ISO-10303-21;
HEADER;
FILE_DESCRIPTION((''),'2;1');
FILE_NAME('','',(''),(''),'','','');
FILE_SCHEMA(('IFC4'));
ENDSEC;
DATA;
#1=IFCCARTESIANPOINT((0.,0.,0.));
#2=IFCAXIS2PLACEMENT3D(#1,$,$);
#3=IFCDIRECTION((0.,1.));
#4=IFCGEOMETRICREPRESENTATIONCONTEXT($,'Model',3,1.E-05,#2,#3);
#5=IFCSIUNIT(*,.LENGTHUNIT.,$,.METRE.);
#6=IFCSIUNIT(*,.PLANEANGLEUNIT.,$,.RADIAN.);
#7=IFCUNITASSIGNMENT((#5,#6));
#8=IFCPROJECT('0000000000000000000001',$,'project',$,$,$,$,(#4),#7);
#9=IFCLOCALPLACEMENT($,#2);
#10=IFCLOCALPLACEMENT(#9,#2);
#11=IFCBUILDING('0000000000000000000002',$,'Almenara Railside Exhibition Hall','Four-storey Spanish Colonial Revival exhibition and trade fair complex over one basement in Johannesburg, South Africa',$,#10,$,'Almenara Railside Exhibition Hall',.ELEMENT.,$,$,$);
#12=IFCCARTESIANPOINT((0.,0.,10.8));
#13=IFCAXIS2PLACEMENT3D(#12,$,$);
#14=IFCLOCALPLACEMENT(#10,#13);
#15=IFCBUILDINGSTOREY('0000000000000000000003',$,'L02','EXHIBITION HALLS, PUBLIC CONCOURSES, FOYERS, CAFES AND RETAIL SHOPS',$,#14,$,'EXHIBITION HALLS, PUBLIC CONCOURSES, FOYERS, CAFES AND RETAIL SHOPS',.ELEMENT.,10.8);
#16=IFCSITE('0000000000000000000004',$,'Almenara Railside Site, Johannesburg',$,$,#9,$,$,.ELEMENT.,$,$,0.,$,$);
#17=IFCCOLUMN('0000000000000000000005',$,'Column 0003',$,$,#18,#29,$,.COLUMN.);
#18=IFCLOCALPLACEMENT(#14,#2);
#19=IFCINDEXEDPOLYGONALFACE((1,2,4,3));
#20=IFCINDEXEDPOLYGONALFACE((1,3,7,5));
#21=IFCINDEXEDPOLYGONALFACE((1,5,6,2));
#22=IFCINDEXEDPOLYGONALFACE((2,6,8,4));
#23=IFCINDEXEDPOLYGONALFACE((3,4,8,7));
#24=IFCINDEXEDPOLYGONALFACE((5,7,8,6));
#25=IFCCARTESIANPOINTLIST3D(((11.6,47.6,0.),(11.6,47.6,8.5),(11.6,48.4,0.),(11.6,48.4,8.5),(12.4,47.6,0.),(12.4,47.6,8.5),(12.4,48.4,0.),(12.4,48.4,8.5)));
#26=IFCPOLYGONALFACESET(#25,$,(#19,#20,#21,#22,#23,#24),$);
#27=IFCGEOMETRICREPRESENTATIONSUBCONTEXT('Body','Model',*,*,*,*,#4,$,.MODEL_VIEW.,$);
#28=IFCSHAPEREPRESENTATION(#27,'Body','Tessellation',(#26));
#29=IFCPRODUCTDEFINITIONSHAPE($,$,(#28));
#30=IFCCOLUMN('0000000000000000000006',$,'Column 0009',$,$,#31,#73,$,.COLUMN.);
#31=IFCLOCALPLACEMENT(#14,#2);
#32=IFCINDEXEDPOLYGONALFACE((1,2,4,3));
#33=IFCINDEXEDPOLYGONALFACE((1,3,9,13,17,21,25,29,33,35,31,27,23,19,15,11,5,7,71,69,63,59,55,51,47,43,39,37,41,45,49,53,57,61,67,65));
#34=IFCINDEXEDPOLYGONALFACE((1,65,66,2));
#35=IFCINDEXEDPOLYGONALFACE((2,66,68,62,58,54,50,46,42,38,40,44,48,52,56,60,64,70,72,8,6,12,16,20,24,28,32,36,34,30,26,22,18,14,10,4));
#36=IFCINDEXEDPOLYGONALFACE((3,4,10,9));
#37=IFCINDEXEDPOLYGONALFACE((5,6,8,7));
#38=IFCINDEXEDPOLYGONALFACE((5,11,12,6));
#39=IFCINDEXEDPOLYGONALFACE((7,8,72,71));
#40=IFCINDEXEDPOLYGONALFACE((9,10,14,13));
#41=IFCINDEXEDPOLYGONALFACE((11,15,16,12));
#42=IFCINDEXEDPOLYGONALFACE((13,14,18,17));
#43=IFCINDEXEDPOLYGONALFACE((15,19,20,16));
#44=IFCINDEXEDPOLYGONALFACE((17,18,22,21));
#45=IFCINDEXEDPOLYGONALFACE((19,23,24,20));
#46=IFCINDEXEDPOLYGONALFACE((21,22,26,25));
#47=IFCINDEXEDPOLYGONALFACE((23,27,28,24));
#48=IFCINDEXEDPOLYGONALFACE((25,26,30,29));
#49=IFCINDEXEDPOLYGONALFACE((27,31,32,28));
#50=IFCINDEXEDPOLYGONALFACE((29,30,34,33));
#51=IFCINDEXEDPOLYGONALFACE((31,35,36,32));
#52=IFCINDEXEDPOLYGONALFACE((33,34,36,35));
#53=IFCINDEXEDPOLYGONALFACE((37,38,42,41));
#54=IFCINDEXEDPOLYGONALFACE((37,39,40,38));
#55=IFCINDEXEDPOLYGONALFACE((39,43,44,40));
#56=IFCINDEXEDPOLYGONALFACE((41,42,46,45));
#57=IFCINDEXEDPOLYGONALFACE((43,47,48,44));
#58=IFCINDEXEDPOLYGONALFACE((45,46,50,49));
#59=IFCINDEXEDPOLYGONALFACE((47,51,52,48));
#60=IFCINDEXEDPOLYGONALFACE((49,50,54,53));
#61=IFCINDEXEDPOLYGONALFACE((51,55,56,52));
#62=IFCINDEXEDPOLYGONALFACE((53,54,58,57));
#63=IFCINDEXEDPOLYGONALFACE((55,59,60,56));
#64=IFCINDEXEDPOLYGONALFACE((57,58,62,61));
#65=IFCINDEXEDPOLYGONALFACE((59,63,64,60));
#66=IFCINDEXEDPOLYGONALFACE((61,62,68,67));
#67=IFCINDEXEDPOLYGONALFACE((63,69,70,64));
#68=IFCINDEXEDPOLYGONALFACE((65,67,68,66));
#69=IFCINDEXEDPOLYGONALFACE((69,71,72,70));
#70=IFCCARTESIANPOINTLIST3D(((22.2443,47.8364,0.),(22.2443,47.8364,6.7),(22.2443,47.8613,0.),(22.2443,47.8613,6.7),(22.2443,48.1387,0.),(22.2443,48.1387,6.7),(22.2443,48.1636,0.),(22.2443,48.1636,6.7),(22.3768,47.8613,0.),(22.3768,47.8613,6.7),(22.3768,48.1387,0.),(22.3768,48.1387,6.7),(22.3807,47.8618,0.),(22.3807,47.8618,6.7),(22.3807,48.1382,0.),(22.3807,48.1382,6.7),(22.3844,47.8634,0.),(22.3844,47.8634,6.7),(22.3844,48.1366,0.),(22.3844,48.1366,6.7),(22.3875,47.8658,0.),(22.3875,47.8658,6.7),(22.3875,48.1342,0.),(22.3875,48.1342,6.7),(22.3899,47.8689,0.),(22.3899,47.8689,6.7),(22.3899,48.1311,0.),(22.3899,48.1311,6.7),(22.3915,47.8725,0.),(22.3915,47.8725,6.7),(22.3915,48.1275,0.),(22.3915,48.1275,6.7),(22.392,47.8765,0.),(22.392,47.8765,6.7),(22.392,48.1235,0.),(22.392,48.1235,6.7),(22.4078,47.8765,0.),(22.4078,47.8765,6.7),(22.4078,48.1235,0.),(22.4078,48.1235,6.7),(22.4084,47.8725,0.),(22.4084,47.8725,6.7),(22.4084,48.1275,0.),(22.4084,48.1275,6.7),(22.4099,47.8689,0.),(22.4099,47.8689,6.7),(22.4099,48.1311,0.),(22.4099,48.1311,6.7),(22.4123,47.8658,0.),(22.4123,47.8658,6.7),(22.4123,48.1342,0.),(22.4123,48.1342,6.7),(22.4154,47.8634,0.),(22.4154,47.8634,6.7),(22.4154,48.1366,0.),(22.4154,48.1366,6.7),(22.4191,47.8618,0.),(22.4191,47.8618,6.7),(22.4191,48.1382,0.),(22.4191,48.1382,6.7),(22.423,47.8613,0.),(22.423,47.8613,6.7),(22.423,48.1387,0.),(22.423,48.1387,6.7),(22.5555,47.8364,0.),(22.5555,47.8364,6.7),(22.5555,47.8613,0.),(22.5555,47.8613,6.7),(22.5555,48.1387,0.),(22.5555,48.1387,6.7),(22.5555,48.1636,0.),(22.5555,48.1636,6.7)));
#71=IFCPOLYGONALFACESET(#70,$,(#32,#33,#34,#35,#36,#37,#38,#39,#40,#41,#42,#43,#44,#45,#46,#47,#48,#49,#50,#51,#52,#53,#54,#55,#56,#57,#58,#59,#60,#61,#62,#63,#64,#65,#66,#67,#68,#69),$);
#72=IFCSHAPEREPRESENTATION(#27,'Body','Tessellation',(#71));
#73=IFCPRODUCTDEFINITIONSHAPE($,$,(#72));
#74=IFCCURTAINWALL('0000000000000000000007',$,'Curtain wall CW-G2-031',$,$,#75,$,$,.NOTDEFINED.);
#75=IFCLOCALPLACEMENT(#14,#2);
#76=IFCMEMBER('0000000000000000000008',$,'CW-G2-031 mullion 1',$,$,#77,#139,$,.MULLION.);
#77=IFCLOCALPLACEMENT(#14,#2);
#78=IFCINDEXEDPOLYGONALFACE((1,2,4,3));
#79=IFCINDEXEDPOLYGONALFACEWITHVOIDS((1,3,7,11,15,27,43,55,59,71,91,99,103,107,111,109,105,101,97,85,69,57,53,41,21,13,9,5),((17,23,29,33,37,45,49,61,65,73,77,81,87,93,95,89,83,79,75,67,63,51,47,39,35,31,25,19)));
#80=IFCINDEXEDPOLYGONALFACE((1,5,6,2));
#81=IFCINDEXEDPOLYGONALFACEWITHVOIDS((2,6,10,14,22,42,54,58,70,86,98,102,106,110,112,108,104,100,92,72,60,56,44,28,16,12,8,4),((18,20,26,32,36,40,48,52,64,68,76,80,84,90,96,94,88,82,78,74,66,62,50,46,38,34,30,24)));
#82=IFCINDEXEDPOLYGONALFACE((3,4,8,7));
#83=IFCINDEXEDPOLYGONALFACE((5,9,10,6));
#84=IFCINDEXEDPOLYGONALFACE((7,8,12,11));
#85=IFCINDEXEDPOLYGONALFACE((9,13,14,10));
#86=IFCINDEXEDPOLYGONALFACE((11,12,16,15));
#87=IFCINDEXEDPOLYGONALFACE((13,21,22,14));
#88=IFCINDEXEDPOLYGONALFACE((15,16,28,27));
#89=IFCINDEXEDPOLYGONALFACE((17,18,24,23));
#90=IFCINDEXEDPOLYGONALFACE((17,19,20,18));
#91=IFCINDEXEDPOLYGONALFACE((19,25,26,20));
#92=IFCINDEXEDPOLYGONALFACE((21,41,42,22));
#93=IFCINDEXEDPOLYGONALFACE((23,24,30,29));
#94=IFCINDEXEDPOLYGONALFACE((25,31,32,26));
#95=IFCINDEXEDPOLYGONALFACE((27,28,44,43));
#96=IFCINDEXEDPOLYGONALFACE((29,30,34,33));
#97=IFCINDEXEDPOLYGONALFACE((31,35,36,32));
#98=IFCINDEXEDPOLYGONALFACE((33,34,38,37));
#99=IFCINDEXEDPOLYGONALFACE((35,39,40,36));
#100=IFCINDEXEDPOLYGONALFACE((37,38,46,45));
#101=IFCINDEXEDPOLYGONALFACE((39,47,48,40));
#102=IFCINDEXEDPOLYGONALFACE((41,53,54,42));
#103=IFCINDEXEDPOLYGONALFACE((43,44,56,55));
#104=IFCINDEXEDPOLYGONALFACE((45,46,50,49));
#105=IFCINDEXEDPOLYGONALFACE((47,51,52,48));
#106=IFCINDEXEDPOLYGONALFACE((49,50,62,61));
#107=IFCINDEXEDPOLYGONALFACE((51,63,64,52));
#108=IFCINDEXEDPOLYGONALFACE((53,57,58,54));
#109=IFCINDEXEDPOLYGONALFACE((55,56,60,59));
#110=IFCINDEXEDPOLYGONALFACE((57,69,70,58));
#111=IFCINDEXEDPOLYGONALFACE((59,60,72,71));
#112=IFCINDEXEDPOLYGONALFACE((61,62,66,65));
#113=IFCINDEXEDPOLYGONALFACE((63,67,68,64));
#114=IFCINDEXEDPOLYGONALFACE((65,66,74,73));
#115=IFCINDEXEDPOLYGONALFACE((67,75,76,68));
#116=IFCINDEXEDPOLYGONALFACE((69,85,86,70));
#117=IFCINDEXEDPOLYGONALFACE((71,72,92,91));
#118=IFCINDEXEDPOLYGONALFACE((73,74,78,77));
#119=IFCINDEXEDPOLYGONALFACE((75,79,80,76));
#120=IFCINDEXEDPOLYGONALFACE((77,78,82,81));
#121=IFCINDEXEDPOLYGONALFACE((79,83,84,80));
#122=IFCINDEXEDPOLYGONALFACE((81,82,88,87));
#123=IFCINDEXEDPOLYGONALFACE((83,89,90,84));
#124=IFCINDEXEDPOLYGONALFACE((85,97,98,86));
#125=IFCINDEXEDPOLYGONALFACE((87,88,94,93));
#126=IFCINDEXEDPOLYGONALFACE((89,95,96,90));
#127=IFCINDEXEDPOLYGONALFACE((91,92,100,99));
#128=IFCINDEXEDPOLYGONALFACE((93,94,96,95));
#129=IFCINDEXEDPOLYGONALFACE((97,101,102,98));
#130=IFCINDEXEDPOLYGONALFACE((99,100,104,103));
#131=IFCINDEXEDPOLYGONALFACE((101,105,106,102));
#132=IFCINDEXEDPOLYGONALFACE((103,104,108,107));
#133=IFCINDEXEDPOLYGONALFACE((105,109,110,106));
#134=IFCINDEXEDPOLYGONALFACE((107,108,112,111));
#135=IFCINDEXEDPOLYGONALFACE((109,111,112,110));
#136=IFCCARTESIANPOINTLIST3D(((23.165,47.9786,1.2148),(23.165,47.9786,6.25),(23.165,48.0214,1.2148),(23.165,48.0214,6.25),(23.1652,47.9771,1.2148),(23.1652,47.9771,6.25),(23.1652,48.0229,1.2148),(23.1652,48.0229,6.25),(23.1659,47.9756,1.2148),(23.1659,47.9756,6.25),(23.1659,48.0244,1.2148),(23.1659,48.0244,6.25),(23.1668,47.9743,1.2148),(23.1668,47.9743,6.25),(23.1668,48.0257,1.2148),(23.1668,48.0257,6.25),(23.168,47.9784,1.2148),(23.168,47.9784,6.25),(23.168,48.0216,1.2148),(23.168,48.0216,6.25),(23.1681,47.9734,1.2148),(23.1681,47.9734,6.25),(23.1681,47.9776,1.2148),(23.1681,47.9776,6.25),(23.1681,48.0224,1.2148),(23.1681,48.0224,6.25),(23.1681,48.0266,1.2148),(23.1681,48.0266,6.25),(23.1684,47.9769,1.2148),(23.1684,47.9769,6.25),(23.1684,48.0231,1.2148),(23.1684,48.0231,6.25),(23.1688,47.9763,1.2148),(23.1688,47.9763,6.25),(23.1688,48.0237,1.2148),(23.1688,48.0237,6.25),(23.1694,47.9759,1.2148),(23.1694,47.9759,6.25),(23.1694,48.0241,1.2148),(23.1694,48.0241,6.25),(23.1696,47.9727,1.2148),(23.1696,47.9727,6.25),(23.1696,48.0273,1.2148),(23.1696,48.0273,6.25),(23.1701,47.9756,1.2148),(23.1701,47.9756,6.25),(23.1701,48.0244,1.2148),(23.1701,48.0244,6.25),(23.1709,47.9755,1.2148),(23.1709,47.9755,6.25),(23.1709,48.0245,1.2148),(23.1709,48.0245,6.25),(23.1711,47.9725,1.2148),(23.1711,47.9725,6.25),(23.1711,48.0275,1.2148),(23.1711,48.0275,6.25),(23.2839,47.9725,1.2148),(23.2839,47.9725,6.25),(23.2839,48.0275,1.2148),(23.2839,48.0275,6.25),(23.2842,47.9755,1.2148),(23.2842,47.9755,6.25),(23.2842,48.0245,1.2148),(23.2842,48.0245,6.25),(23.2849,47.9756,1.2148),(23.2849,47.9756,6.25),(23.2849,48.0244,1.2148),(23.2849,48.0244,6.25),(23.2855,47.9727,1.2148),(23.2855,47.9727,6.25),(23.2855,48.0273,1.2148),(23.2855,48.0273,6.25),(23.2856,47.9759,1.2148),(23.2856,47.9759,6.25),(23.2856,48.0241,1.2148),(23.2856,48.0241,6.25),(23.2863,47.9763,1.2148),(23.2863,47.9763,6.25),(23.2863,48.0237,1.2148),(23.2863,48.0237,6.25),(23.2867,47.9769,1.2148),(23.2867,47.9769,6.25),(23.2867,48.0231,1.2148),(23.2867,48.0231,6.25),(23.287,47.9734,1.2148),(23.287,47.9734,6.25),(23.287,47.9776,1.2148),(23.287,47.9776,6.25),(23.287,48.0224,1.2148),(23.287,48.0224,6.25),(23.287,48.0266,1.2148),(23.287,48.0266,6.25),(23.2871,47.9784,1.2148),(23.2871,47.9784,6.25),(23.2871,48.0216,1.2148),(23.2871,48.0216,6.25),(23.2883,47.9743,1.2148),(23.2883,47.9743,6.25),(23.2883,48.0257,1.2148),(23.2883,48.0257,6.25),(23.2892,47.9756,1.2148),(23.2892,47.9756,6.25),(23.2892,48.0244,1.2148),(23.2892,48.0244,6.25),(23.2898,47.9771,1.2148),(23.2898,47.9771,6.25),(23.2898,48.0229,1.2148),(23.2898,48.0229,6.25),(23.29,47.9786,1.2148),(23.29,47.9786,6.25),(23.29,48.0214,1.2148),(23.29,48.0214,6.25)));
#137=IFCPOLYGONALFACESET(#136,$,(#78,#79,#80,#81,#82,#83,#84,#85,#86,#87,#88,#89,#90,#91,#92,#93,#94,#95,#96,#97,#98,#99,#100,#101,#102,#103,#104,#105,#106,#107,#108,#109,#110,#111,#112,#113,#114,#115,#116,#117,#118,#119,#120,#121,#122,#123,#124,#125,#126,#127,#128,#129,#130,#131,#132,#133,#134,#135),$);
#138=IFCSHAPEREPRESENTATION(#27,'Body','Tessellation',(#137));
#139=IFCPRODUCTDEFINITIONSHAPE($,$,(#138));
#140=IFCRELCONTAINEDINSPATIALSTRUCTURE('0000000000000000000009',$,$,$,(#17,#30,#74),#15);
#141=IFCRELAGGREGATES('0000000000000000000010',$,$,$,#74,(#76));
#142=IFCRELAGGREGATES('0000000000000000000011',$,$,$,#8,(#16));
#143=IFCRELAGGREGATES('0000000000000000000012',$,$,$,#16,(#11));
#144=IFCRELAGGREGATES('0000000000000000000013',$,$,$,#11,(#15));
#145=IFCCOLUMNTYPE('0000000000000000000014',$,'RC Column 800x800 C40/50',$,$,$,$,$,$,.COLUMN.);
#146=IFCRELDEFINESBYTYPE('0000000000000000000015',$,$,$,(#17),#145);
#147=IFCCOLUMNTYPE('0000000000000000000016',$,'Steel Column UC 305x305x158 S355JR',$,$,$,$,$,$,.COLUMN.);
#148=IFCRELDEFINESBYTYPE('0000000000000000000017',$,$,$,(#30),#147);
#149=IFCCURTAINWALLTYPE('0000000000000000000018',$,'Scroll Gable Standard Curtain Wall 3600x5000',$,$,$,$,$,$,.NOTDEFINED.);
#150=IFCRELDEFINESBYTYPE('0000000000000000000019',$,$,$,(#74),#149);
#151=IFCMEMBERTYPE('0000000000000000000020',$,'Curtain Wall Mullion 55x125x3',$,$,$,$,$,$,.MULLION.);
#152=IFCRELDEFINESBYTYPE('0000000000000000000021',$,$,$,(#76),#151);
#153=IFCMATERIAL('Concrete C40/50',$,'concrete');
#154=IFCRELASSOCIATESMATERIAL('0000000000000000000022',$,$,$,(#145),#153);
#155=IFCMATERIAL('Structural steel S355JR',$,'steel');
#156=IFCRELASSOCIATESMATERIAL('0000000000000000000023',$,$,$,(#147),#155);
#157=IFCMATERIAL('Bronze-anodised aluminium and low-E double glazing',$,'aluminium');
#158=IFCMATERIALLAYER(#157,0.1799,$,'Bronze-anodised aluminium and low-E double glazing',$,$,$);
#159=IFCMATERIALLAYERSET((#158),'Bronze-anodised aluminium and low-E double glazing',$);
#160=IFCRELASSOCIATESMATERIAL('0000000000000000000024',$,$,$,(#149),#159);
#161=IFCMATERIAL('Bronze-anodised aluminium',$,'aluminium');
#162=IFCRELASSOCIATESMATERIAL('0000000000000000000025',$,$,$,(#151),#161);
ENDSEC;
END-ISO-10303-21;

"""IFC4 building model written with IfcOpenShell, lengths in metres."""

from ifc_helpers import new_model, si_unit, direction, frame, origin, origin_2d, place, context, subcontext, project, spatial, rectangle, hollow_rectangle, i_section, extrude, material, layer, layer_set, material_profile, profile_set, type_object, element, aggregate, save


model = new_model("IFC4")

# Units and contexts
model_context = context("Model", 3, precision=1e-05, world=origin(), true_north=direction((0.0, 1.0)))
body_context = subcontext(model_context, "Body", "Model", "MODEL_VIEW")
ifc_project = project(units=[si_unit("LENGTHUNIT", "METRE"), si_unit("PLANEANGLEUNIT", "RADIAN")], contexts=[model_context])

# Site, building, storey
site_placement = place(None, origin())
site = spatial("IfcSite", under=ifc_project, at=site_placement, Name="Almenara Railside Site, Johannesburg", CompositionType="ELEMENT", RefElevation=0.0)
building_placement = place(site_placement, origin())
building = spatial("IfcBuilding", under=site, at=building_placement, Name="Almenara Railside Exhibition Hall", Description="Four-storey Spanish Colonial Revival exhibition and trade fair complex over one basement in Johannesburg, South Africa", LongName="Almenara Railside Exhibition Hall", CompositionType="ELEMENT")
storey_placement = place(building_placement, frame((0.0, 0.0, 10.8)))
storey = spatial("IfcBuildingStorey", under=building, at=storey_placement, Name="L02", Description="EXHIBITION HALLS, PUBLIC CONCOURSES, FOYERS, CAFES AND RETAIL SHOPS", LongName="EXHIBITION HALLS, PUBLIC CONCOURSES, FOYERS, CAFES AND RETAIL SHOPS", CompositionType="ELEMENT", Elevation=10.8)

# Columns
ifc_material_1 = material(Name="Concrete C40/50", Category="concrete")
ifc_material_profile_1 = material_profile(ifc_material_1, rectangle(XDim=0.8, YDim=0.8, at=origin_2d()), Name="RC 800x800")
ifc_profile_set_1 = profile_set([ifc_material_profile_1], Name="Concrete C40/50")
column_type_1 = type_object("IfcColumnType", Name="RC Column 800x800 C40/50", PredefinedType="COLUMN", material=ifc_profile_set_1)
column_1_placement = place(storey_placement, frame((12.0, 48.0, 0.0), z_axis=(0.0, 0.0, 1.0), x_axis=(1.0, 0.0, 0.0)))
element("IfcColumn", 1, at=column_1_placement, inside=storey, type_object=column_type_1, Name="Column 0003", PredefinedType="COLUMN", context=body_context, shape_type="SweptSolid", body=[
    extrude(rectangle(XDim=0.8, YDim=0.8, at=origin_2d()), origin(), (0.0, 0.0, 1.0), 8.5),
])
ifc_material_2 = material(Name="Structural steel S355JR", Category="steel")
ifc_material_profile_2 = material_profile(ifc_material_2, i_section(OverallWidth=0.3113, OverallDepth=0.3271, WebThickness=0.0159, FlangeThickness=0.0249, FilletRadius=0.0151, at=origin_2d()), Name="UC 305x305x158")
ifc_profile_set_2 = profile_set([ifc_material_profile_2], Name="Structural steel S355JR")
column_type_2 = type_object("IfcColumnType", Name="Steel Column UC 305x305x158 S355JR", PredefinedType="COLUMN", material=ifc_profile_set_2)
column_2_placement = place(storey_placement, frame((22.3999, 48.0, 0.0), z_axis=(0.0, 0.0, 1.0), x_axis=(1.0, 0.0, 0.0)))
element("IfcColumn", 2, at=column_2_placement, inside=storey, type_object=column_type_2, Name="Column 0009", PredefinedType="COLUMN", context=body_context, shape_type="SweptSolid", body=[
    extrude(i_section(OverallWidth=0.3113, OverallDepth=0.3271, WebThickness=0.0159, FlangeThickness=0.0249, FilletRadius=0.0151, at=origin_2d()), origin(), (0.0, 0.0, 1.0), 6.7),
])

# Curtain wall, member
ifc_material_3 = material(Name="Bronze-anodised aluminium and low-E double glazing", Category="aluminium")
ifc_layer_1 = layer(ifc_material_3, 0.1799, Name="Bronze-anodised aluminium and low-E double glazing")
ifc_layer_set_1 = layer_set([ifc_layer_1], Name="Bronze-anodised aluminium and low-E double glazing")
curtain_wall_type = type_object("IfcCurtainWallType", Name="Scroll Gable Standard Curtain Wall 3600x5000", PredefinedType="NOTDEFINED", material=ifc_layer_set_1)
curtain_wall_1_placement = place(storey_placement, origin())
curtain_wall_1 = element("IfcCurtainWall", 3, at=curtain_wall_1_placement, inside=storey, type_object=curtain_wall_type, Name="Curtain wall CW-G2-031", PredefinedType="NOTDEFINED")
ifc_material_4 = material(Name="Bronze-anodised aluminium", Category="aluminium")
ifc_material_profile_3 = material_profile(ifc_material_4, hollow_rectangle(XDim=0.0549, YDim=0.125, WallThickness=0.0029, InnerFilletRadius=0.0029, OuterFilletRadius=0.0061, at=origin_2d()), Name="ALU-MUL 55x125x3")
ifc_profile_set_3 = profile_set([ifc_material_profile_3], Name="Bronze-anodised aluminium")
member_type_1 = type_object("IfcMemberType", Name="Curtain Wall Mullion 55x125x3", PredefinedType="MULLION", material=ifc_profile_set_3)
member_1_placement = place(storey_placement, frame((23.2275, 48.0, 1.2148), z_axis=(0.0, 0.0, 1.0), x_axis=(0.0, 1.0, 0.0)))
member_1 = element("IfcMember", 4, at=member_1_placement, type_object=member_type_1, Name="CW-G2-031 mullion 1", PredefinedType="MULLION", context=body_context, shape_type="SweptSolid", body=[
    extrude(hollow_rectangle(XDim=0.0549, YDim=0.125, WallThickness=0.0029, InnerFilletRadius=0.0029, OuterFilletRadius=0.0061, at=origin_2d()), origin(), (0.0, 0.0, 1.0), 5.0352),
])

aggregate(curtain_wall_1, [member_1])

save(model, "model.ifc")
